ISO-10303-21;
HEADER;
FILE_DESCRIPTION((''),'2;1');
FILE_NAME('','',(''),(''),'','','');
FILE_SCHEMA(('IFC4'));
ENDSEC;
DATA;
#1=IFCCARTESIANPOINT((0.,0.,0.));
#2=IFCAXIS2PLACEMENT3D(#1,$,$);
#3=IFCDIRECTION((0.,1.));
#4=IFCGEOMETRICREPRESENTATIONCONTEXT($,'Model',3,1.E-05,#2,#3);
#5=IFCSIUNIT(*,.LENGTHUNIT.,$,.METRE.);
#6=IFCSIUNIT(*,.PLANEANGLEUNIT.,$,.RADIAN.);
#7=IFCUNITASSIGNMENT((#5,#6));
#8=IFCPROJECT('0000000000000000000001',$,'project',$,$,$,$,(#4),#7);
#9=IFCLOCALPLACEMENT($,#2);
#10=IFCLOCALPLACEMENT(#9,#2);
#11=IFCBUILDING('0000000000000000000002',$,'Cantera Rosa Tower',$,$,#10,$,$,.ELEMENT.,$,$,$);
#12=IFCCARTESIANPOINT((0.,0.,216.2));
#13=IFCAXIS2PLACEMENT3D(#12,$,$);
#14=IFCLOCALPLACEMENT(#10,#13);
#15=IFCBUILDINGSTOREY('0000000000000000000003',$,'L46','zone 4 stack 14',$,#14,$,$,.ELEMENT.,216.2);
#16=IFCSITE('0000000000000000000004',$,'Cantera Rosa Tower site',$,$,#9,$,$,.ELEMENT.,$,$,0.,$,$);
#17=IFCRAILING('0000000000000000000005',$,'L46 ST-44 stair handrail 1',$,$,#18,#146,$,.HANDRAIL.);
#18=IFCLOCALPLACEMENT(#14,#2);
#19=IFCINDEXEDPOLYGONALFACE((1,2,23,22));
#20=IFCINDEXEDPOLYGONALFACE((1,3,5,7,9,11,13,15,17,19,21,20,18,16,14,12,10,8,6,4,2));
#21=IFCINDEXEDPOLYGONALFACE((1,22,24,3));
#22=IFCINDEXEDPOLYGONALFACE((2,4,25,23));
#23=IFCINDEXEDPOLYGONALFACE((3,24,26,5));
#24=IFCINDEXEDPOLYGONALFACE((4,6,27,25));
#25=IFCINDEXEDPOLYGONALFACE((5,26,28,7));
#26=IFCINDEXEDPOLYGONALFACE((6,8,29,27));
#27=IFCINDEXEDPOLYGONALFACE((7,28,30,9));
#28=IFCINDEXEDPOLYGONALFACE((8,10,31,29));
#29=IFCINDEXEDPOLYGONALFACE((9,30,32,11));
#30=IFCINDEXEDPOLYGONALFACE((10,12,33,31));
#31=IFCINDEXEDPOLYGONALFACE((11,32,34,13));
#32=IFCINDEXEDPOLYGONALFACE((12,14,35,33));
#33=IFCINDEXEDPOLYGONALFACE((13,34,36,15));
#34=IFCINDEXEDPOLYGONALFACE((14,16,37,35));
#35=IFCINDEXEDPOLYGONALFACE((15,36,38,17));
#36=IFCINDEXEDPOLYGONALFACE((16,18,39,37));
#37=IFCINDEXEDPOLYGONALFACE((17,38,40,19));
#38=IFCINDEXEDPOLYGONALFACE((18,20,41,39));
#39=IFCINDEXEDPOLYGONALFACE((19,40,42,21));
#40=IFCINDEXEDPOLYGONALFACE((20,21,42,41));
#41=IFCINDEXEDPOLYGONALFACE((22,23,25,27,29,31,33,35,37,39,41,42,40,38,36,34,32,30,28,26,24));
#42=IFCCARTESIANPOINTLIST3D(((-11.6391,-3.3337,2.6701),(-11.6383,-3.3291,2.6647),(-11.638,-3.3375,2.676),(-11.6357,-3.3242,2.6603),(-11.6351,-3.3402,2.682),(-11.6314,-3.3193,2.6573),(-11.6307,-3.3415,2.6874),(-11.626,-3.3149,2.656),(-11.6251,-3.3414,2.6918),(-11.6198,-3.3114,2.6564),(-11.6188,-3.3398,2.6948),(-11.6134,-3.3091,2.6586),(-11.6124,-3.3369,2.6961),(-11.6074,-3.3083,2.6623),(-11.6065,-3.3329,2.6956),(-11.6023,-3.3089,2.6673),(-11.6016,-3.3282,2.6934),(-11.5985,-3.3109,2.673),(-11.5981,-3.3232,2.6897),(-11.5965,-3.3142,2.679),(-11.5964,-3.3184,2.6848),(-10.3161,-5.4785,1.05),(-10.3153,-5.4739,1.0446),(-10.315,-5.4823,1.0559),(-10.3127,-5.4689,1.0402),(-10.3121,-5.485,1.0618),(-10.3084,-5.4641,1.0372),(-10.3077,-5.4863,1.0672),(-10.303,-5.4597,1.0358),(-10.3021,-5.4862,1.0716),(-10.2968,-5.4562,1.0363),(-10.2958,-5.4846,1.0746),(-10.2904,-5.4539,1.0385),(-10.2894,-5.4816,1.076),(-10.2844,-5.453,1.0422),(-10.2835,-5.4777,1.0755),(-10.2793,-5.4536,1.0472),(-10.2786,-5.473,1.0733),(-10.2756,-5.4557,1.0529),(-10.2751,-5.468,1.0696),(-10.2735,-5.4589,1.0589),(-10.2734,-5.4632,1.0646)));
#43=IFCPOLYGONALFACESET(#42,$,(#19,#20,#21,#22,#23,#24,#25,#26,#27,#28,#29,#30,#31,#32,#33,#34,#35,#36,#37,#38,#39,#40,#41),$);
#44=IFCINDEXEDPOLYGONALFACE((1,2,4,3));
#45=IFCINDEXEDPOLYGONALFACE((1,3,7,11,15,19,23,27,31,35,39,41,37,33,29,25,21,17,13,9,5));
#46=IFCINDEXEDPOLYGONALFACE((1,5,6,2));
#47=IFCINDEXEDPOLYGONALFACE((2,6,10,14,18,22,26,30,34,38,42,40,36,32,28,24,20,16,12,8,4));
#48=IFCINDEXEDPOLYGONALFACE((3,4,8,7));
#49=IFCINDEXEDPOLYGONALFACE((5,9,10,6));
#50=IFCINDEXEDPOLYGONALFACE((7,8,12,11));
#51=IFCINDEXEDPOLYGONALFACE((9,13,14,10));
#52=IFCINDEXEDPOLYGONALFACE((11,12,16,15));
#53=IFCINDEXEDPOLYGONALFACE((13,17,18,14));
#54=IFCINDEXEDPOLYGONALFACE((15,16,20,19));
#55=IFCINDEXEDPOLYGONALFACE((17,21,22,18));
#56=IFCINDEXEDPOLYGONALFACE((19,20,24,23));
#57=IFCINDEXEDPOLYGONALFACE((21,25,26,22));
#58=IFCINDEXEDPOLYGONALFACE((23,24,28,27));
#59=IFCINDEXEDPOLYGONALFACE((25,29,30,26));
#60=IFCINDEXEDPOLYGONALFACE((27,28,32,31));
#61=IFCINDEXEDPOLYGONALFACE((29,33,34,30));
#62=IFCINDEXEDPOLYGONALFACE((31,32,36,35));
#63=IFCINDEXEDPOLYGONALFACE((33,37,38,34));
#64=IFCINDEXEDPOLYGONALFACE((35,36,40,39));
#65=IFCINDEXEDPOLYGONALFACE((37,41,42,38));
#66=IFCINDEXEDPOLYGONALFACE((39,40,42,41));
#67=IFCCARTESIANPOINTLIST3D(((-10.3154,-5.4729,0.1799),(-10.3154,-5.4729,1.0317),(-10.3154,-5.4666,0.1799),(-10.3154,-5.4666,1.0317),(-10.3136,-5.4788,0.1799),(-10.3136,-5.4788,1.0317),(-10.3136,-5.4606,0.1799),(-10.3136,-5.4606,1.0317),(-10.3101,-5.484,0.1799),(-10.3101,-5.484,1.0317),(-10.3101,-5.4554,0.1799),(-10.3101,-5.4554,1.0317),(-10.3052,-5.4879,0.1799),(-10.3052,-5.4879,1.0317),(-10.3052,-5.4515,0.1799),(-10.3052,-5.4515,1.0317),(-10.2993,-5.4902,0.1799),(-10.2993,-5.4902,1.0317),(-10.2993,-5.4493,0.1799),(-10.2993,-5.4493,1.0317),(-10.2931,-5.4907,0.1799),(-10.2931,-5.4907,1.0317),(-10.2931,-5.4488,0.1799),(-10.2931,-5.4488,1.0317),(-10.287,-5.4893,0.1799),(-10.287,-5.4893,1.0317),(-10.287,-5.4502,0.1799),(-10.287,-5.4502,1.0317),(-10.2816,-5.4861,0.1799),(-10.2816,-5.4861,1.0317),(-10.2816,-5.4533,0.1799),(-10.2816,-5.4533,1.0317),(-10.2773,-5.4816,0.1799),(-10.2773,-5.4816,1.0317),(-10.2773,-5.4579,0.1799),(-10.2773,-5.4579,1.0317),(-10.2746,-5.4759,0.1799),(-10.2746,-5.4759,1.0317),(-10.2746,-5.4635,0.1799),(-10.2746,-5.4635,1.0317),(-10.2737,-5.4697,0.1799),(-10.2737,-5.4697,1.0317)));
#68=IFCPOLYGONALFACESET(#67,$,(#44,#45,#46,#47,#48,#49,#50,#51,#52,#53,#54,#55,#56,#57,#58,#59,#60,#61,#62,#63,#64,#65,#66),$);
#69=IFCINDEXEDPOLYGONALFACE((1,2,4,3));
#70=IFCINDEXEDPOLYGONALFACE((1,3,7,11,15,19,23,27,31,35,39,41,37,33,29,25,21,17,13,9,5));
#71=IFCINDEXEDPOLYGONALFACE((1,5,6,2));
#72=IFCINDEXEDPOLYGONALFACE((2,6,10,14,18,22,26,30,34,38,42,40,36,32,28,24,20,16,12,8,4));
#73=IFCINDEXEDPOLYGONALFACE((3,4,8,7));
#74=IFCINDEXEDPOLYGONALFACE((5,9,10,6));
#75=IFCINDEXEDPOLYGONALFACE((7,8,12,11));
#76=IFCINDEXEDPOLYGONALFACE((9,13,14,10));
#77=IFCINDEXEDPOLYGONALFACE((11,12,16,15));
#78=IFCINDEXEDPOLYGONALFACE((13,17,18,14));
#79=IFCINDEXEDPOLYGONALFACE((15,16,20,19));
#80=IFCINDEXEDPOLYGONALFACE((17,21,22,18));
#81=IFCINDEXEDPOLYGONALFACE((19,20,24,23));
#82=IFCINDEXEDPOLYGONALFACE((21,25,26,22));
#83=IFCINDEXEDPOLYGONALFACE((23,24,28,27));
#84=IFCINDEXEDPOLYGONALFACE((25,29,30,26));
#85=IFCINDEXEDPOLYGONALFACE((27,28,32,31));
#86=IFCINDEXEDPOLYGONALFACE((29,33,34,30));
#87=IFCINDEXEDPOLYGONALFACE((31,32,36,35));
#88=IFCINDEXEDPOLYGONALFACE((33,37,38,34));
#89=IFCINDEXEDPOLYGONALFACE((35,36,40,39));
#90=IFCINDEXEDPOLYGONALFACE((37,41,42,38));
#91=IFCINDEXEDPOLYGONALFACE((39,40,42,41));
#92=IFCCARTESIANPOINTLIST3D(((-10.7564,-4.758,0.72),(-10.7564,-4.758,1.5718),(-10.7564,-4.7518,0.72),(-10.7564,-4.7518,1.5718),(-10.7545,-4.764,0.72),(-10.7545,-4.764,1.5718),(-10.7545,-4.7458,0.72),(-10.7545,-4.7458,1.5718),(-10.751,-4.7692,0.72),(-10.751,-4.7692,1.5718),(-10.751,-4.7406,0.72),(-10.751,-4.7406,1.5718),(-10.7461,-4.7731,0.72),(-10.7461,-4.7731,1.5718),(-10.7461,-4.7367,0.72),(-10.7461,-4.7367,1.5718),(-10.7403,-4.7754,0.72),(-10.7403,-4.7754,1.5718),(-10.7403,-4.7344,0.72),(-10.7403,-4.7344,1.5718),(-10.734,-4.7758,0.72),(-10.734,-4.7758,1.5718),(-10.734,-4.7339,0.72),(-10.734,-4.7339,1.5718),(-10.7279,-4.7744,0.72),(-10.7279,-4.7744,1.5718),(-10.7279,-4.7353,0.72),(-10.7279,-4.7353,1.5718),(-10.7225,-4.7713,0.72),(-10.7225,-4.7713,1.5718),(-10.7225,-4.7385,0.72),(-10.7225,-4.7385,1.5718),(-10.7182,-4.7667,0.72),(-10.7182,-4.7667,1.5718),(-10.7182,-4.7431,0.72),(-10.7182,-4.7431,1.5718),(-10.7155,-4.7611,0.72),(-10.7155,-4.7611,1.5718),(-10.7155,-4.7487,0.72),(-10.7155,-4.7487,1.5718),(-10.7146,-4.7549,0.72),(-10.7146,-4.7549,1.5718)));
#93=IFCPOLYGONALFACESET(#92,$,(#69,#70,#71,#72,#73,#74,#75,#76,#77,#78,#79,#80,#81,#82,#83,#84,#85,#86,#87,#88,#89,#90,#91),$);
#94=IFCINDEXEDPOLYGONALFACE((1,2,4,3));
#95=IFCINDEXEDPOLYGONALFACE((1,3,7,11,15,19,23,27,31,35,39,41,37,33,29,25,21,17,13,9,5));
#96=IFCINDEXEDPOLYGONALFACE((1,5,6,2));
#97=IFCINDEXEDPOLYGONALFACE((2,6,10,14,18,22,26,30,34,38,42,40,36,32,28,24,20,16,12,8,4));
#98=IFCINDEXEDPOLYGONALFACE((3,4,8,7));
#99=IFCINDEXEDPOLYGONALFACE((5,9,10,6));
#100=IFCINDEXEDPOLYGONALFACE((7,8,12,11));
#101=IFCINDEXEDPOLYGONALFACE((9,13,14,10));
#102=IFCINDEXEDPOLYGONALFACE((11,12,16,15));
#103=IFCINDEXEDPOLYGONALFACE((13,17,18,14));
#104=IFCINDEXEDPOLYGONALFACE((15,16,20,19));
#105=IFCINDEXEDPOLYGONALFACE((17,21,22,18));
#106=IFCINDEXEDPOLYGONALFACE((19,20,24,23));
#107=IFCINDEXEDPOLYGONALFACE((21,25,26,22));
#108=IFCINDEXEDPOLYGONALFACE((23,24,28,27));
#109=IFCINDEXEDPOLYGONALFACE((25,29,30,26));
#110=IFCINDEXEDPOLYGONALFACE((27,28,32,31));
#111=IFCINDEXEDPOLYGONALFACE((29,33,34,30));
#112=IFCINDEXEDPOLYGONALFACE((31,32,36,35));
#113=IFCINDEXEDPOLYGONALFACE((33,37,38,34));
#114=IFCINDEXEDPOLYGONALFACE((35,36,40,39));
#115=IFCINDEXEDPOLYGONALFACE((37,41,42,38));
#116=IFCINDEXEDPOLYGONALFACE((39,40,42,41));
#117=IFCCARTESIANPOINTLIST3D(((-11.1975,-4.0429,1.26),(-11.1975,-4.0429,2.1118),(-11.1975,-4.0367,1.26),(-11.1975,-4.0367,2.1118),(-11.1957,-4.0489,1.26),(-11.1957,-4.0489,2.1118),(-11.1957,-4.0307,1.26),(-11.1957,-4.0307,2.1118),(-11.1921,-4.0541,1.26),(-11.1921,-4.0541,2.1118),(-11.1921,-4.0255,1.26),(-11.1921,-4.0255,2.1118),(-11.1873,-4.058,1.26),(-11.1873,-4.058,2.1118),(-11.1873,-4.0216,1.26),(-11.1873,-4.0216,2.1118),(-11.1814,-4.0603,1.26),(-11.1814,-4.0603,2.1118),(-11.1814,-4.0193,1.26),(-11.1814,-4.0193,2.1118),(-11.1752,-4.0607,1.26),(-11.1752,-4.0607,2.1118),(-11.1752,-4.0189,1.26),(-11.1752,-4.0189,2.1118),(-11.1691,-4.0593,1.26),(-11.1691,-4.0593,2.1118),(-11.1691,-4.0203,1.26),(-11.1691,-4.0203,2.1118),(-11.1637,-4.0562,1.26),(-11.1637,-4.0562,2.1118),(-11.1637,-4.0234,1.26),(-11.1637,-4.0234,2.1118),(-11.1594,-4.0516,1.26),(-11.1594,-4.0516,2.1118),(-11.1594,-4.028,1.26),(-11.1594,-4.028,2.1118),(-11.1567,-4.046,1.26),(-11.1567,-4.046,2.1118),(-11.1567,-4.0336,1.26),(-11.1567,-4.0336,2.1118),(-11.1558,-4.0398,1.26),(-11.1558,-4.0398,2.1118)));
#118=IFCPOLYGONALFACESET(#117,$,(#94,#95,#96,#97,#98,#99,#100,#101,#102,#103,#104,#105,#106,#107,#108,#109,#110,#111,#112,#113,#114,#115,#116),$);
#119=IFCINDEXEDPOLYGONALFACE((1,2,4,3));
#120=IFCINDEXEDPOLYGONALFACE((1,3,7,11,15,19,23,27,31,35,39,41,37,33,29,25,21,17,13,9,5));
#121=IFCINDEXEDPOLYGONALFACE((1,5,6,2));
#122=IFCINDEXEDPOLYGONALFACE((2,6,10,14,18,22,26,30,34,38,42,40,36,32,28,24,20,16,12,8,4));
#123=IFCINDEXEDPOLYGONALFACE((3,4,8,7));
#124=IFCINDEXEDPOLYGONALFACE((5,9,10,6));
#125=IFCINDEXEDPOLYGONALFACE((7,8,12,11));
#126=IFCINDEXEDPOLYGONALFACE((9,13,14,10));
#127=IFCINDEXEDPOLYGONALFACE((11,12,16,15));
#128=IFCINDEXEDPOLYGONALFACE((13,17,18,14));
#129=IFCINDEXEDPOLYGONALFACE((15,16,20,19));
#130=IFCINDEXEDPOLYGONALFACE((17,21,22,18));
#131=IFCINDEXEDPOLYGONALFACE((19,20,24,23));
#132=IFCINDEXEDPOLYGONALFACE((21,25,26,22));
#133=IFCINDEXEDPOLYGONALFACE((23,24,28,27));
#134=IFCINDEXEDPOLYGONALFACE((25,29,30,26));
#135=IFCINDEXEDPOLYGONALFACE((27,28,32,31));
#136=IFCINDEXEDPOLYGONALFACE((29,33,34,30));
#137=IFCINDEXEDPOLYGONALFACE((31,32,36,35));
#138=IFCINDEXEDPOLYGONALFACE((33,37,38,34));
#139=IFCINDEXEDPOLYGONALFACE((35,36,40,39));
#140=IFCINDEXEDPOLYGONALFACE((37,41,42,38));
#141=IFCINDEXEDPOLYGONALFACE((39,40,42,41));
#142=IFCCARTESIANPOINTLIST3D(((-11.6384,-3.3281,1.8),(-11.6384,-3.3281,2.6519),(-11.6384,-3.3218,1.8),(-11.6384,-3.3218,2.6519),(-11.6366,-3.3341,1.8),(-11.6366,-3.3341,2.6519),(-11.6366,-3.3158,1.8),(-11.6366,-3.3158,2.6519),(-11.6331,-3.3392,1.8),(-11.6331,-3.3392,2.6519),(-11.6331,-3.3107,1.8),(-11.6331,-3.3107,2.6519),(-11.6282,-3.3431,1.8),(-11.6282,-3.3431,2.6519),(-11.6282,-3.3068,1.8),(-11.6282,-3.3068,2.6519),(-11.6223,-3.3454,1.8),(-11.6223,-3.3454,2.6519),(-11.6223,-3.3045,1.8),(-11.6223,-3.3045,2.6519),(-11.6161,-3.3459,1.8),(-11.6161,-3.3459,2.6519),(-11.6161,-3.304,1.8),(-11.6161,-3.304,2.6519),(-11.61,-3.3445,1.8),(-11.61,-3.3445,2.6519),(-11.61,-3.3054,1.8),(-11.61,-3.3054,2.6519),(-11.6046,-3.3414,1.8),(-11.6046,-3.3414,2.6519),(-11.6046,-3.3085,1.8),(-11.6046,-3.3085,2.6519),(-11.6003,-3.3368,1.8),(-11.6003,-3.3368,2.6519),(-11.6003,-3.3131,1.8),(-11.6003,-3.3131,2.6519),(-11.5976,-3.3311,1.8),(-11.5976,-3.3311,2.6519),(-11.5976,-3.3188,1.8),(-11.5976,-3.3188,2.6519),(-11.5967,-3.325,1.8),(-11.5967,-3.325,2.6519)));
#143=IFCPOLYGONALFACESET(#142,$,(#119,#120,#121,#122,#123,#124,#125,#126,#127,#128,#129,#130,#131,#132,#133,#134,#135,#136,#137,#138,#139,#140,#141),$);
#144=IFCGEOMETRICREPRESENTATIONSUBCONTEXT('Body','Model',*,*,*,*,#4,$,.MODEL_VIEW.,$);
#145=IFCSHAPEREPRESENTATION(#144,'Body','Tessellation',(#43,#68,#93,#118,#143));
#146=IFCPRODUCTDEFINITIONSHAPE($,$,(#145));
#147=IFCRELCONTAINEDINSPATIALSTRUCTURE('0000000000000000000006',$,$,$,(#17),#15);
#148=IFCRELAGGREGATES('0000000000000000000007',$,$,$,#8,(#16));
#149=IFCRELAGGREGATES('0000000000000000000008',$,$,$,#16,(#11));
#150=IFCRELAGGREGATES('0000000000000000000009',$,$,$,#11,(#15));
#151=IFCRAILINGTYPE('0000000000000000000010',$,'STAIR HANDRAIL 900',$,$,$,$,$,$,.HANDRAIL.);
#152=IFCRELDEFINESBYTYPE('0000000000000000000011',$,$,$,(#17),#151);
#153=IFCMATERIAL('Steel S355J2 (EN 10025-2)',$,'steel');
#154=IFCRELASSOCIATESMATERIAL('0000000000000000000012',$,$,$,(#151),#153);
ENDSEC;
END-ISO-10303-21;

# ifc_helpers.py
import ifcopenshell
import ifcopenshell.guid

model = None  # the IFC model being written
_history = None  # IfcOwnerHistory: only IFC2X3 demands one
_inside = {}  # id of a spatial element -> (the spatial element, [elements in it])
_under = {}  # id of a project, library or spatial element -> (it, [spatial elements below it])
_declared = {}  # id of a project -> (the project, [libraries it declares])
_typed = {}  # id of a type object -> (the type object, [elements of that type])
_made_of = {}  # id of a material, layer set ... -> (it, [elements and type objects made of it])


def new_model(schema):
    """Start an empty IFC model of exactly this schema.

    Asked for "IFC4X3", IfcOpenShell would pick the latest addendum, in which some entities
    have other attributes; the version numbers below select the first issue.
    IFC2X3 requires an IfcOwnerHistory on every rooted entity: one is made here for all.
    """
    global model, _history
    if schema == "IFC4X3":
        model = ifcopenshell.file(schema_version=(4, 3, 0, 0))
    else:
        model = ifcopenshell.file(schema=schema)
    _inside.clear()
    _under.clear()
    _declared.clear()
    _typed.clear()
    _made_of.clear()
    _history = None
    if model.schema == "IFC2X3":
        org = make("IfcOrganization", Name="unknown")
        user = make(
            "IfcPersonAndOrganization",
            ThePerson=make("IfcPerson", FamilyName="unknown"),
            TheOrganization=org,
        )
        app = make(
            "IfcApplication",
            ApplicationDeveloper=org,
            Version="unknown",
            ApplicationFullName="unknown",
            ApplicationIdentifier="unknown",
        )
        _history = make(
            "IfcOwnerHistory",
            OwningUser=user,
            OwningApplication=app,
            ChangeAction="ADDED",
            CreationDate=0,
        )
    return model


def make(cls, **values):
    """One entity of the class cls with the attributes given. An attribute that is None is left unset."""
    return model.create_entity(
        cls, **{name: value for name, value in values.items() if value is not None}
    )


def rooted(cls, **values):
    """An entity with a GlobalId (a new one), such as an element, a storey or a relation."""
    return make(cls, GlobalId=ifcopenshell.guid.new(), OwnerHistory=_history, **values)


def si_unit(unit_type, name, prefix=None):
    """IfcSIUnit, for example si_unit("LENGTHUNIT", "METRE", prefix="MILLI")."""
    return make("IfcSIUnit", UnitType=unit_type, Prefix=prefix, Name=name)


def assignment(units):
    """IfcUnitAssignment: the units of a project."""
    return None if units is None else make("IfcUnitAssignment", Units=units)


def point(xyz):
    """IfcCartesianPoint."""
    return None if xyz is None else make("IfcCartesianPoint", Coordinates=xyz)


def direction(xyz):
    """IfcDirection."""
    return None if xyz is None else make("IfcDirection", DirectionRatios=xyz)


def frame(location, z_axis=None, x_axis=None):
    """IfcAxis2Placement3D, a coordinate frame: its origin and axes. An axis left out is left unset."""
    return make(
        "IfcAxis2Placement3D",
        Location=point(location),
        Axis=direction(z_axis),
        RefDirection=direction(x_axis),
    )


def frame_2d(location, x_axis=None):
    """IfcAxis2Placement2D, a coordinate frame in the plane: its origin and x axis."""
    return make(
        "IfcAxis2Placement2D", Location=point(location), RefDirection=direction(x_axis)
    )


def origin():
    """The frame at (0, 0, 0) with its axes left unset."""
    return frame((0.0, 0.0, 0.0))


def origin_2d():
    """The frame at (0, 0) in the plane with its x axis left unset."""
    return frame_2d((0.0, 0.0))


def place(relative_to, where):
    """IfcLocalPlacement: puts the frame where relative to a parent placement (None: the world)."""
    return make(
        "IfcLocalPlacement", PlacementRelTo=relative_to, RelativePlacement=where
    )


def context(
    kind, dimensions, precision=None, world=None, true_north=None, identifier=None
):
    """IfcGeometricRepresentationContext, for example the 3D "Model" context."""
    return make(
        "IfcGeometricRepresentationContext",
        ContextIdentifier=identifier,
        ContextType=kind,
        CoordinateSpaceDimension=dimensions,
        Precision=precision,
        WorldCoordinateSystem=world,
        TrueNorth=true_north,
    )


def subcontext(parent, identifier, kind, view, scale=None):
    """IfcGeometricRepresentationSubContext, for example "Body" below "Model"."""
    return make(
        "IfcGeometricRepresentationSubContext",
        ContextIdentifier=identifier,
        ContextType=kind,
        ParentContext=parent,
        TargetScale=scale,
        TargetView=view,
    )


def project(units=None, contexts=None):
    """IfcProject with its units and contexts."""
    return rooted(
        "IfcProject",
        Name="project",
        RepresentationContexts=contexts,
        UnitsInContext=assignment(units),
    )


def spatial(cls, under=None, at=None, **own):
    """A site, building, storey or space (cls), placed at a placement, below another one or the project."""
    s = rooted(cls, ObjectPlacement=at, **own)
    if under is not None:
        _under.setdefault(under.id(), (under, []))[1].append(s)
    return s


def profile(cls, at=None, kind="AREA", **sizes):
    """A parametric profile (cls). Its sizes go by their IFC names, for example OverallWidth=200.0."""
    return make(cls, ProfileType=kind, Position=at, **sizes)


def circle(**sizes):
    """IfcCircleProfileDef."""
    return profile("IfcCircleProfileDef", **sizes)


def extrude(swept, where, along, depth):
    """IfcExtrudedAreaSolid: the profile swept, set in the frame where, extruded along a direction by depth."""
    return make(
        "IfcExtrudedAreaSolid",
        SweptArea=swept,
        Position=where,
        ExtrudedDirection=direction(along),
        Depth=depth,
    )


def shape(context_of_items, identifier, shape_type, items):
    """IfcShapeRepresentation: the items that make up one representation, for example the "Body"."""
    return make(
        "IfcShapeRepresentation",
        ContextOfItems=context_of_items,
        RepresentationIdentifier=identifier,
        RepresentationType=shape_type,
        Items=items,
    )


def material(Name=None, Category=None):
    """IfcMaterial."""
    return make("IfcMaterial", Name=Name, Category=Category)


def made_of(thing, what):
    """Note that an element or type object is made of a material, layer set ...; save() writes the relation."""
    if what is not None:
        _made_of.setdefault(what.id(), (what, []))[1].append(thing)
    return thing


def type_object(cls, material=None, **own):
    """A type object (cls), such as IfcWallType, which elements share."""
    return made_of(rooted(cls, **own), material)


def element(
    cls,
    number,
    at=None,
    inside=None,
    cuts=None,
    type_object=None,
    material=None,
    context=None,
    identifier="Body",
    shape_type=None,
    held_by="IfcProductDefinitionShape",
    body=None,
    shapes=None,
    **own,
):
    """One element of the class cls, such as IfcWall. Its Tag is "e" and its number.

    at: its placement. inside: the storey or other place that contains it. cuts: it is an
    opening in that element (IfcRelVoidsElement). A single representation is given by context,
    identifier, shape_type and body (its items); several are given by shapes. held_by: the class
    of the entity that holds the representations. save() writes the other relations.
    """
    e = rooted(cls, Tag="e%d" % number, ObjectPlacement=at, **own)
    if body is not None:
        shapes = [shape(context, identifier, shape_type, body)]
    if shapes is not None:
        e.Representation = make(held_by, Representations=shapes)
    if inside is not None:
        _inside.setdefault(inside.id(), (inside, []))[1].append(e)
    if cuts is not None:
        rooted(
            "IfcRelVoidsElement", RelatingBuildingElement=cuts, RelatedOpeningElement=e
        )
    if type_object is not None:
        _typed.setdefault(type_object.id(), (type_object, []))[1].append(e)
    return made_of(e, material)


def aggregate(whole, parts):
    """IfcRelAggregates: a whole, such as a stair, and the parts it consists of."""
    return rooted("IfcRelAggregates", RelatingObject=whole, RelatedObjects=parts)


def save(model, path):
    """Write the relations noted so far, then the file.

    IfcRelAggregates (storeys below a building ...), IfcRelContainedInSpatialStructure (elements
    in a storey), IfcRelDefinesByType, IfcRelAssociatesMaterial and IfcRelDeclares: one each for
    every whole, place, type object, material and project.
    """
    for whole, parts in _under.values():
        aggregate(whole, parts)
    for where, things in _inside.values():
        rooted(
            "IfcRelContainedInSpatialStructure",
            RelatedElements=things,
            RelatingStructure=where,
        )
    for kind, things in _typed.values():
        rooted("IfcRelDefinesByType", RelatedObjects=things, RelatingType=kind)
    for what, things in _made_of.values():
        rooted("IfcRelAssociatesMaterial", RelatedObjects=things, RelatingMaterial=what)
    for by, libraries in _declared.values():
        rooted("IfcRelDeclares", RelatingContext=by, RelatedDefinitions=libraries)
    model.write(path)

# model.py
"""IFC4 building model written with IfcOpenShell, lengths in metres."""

from ifc_helpers import new_model, si_unit, direction, frame, origin, origin_2d, place, context, subcontext, project, spatial, circle, extrude, material, type_object, element, save


model = new_model("IFC4")

# Units and contexts
model_context = context("Model", 3, precision=1e-05, world=origin(), true_north=direction((0.0, 1.0)))
body_context = subcontext(model_context, "Body", "Model", "MODEL_VIEW")
ifc_project = project(units=[si_unit("LENGTHUNIT", "METRE"), si_unit("PLANEANGLEUNIT", "RADIAN")], contexts=[model_context])

# Site, building, storey
site_placement = place(None, origin())
site = spatial("IfcSite", under=ifc_project, at=site_placement, Name="Cantera Rosa Tower site", CompositionType="ELEMENT", RefElevation=0.0)
building_placement = place(site_placement, origin())
building = spatial("IfcBuilding", under=site, at=building_placement, Name="Cantera Rosa Tower", CompositionType="ELEMENT")
storey_placement = place(building_placement, frame((0.0, 0.0, 216.2)))
storey = spatial("IfcBuildingStorey", under=building, at=storey_placement, Name="L46", Description="zone 4 stack 14", CompositionType="ELEMENT", Elevation=216.2)

# Railing
ifc_material_1 = material(Name="Steel S355J2 (EN 10025-2)", Category="steel")
railing_type_1 = type_object("IfcRailingType", Name="STAIR HANDRAIL 900", PredefinedType="HANDRAIL", material=ifc_material_1)
railing_1_placement = place(storey_placement, frame((-10.2947, -5.4697, 0.1799)))
element("IfcRailing", 1, at=railing_1_placement, inside=storey, type_object=railing_type_1, Name="L46 ST-44 stair handrail 1", PredefinedType="HANDRAIL", context=body_context, shape_type="SweptSolid", body=[
    extrude(circle(Radius=0.0239, at=origin_2d()), frame((0.0, 0.0, 0.876), z_axis=(-0.441609, 0.715914, 0.540786), x_axis=(-0.851102, -0.525, 0.0)), (0.0, 0.0, 1.0), 2.9958),
    extrude(circle(Radius=0.021, at=origin_2d()), origin(), (0.0, 0.0, 1.0), 0.8518),
    extrude(circle(Radius=0.021, at=origin_2d()), frame((-0.4409, 0.7148, 0.54)), (0.0, 0.0, 1.0), 0.8518),
    extrude(circle(Radius=0.021, at=origin_2d()), frame((-0.8821, 1.4299, 1.0801)), (0.0, 0.0, 1.0), 0.8518),
    extrude(circle(Radius=0.021, at=origin_2d()), frame((-1.323, 2.1448, 1.6201)), (0.0, 0.0, 1.0), 0.8518),
])

save(model, "model.ifc")
